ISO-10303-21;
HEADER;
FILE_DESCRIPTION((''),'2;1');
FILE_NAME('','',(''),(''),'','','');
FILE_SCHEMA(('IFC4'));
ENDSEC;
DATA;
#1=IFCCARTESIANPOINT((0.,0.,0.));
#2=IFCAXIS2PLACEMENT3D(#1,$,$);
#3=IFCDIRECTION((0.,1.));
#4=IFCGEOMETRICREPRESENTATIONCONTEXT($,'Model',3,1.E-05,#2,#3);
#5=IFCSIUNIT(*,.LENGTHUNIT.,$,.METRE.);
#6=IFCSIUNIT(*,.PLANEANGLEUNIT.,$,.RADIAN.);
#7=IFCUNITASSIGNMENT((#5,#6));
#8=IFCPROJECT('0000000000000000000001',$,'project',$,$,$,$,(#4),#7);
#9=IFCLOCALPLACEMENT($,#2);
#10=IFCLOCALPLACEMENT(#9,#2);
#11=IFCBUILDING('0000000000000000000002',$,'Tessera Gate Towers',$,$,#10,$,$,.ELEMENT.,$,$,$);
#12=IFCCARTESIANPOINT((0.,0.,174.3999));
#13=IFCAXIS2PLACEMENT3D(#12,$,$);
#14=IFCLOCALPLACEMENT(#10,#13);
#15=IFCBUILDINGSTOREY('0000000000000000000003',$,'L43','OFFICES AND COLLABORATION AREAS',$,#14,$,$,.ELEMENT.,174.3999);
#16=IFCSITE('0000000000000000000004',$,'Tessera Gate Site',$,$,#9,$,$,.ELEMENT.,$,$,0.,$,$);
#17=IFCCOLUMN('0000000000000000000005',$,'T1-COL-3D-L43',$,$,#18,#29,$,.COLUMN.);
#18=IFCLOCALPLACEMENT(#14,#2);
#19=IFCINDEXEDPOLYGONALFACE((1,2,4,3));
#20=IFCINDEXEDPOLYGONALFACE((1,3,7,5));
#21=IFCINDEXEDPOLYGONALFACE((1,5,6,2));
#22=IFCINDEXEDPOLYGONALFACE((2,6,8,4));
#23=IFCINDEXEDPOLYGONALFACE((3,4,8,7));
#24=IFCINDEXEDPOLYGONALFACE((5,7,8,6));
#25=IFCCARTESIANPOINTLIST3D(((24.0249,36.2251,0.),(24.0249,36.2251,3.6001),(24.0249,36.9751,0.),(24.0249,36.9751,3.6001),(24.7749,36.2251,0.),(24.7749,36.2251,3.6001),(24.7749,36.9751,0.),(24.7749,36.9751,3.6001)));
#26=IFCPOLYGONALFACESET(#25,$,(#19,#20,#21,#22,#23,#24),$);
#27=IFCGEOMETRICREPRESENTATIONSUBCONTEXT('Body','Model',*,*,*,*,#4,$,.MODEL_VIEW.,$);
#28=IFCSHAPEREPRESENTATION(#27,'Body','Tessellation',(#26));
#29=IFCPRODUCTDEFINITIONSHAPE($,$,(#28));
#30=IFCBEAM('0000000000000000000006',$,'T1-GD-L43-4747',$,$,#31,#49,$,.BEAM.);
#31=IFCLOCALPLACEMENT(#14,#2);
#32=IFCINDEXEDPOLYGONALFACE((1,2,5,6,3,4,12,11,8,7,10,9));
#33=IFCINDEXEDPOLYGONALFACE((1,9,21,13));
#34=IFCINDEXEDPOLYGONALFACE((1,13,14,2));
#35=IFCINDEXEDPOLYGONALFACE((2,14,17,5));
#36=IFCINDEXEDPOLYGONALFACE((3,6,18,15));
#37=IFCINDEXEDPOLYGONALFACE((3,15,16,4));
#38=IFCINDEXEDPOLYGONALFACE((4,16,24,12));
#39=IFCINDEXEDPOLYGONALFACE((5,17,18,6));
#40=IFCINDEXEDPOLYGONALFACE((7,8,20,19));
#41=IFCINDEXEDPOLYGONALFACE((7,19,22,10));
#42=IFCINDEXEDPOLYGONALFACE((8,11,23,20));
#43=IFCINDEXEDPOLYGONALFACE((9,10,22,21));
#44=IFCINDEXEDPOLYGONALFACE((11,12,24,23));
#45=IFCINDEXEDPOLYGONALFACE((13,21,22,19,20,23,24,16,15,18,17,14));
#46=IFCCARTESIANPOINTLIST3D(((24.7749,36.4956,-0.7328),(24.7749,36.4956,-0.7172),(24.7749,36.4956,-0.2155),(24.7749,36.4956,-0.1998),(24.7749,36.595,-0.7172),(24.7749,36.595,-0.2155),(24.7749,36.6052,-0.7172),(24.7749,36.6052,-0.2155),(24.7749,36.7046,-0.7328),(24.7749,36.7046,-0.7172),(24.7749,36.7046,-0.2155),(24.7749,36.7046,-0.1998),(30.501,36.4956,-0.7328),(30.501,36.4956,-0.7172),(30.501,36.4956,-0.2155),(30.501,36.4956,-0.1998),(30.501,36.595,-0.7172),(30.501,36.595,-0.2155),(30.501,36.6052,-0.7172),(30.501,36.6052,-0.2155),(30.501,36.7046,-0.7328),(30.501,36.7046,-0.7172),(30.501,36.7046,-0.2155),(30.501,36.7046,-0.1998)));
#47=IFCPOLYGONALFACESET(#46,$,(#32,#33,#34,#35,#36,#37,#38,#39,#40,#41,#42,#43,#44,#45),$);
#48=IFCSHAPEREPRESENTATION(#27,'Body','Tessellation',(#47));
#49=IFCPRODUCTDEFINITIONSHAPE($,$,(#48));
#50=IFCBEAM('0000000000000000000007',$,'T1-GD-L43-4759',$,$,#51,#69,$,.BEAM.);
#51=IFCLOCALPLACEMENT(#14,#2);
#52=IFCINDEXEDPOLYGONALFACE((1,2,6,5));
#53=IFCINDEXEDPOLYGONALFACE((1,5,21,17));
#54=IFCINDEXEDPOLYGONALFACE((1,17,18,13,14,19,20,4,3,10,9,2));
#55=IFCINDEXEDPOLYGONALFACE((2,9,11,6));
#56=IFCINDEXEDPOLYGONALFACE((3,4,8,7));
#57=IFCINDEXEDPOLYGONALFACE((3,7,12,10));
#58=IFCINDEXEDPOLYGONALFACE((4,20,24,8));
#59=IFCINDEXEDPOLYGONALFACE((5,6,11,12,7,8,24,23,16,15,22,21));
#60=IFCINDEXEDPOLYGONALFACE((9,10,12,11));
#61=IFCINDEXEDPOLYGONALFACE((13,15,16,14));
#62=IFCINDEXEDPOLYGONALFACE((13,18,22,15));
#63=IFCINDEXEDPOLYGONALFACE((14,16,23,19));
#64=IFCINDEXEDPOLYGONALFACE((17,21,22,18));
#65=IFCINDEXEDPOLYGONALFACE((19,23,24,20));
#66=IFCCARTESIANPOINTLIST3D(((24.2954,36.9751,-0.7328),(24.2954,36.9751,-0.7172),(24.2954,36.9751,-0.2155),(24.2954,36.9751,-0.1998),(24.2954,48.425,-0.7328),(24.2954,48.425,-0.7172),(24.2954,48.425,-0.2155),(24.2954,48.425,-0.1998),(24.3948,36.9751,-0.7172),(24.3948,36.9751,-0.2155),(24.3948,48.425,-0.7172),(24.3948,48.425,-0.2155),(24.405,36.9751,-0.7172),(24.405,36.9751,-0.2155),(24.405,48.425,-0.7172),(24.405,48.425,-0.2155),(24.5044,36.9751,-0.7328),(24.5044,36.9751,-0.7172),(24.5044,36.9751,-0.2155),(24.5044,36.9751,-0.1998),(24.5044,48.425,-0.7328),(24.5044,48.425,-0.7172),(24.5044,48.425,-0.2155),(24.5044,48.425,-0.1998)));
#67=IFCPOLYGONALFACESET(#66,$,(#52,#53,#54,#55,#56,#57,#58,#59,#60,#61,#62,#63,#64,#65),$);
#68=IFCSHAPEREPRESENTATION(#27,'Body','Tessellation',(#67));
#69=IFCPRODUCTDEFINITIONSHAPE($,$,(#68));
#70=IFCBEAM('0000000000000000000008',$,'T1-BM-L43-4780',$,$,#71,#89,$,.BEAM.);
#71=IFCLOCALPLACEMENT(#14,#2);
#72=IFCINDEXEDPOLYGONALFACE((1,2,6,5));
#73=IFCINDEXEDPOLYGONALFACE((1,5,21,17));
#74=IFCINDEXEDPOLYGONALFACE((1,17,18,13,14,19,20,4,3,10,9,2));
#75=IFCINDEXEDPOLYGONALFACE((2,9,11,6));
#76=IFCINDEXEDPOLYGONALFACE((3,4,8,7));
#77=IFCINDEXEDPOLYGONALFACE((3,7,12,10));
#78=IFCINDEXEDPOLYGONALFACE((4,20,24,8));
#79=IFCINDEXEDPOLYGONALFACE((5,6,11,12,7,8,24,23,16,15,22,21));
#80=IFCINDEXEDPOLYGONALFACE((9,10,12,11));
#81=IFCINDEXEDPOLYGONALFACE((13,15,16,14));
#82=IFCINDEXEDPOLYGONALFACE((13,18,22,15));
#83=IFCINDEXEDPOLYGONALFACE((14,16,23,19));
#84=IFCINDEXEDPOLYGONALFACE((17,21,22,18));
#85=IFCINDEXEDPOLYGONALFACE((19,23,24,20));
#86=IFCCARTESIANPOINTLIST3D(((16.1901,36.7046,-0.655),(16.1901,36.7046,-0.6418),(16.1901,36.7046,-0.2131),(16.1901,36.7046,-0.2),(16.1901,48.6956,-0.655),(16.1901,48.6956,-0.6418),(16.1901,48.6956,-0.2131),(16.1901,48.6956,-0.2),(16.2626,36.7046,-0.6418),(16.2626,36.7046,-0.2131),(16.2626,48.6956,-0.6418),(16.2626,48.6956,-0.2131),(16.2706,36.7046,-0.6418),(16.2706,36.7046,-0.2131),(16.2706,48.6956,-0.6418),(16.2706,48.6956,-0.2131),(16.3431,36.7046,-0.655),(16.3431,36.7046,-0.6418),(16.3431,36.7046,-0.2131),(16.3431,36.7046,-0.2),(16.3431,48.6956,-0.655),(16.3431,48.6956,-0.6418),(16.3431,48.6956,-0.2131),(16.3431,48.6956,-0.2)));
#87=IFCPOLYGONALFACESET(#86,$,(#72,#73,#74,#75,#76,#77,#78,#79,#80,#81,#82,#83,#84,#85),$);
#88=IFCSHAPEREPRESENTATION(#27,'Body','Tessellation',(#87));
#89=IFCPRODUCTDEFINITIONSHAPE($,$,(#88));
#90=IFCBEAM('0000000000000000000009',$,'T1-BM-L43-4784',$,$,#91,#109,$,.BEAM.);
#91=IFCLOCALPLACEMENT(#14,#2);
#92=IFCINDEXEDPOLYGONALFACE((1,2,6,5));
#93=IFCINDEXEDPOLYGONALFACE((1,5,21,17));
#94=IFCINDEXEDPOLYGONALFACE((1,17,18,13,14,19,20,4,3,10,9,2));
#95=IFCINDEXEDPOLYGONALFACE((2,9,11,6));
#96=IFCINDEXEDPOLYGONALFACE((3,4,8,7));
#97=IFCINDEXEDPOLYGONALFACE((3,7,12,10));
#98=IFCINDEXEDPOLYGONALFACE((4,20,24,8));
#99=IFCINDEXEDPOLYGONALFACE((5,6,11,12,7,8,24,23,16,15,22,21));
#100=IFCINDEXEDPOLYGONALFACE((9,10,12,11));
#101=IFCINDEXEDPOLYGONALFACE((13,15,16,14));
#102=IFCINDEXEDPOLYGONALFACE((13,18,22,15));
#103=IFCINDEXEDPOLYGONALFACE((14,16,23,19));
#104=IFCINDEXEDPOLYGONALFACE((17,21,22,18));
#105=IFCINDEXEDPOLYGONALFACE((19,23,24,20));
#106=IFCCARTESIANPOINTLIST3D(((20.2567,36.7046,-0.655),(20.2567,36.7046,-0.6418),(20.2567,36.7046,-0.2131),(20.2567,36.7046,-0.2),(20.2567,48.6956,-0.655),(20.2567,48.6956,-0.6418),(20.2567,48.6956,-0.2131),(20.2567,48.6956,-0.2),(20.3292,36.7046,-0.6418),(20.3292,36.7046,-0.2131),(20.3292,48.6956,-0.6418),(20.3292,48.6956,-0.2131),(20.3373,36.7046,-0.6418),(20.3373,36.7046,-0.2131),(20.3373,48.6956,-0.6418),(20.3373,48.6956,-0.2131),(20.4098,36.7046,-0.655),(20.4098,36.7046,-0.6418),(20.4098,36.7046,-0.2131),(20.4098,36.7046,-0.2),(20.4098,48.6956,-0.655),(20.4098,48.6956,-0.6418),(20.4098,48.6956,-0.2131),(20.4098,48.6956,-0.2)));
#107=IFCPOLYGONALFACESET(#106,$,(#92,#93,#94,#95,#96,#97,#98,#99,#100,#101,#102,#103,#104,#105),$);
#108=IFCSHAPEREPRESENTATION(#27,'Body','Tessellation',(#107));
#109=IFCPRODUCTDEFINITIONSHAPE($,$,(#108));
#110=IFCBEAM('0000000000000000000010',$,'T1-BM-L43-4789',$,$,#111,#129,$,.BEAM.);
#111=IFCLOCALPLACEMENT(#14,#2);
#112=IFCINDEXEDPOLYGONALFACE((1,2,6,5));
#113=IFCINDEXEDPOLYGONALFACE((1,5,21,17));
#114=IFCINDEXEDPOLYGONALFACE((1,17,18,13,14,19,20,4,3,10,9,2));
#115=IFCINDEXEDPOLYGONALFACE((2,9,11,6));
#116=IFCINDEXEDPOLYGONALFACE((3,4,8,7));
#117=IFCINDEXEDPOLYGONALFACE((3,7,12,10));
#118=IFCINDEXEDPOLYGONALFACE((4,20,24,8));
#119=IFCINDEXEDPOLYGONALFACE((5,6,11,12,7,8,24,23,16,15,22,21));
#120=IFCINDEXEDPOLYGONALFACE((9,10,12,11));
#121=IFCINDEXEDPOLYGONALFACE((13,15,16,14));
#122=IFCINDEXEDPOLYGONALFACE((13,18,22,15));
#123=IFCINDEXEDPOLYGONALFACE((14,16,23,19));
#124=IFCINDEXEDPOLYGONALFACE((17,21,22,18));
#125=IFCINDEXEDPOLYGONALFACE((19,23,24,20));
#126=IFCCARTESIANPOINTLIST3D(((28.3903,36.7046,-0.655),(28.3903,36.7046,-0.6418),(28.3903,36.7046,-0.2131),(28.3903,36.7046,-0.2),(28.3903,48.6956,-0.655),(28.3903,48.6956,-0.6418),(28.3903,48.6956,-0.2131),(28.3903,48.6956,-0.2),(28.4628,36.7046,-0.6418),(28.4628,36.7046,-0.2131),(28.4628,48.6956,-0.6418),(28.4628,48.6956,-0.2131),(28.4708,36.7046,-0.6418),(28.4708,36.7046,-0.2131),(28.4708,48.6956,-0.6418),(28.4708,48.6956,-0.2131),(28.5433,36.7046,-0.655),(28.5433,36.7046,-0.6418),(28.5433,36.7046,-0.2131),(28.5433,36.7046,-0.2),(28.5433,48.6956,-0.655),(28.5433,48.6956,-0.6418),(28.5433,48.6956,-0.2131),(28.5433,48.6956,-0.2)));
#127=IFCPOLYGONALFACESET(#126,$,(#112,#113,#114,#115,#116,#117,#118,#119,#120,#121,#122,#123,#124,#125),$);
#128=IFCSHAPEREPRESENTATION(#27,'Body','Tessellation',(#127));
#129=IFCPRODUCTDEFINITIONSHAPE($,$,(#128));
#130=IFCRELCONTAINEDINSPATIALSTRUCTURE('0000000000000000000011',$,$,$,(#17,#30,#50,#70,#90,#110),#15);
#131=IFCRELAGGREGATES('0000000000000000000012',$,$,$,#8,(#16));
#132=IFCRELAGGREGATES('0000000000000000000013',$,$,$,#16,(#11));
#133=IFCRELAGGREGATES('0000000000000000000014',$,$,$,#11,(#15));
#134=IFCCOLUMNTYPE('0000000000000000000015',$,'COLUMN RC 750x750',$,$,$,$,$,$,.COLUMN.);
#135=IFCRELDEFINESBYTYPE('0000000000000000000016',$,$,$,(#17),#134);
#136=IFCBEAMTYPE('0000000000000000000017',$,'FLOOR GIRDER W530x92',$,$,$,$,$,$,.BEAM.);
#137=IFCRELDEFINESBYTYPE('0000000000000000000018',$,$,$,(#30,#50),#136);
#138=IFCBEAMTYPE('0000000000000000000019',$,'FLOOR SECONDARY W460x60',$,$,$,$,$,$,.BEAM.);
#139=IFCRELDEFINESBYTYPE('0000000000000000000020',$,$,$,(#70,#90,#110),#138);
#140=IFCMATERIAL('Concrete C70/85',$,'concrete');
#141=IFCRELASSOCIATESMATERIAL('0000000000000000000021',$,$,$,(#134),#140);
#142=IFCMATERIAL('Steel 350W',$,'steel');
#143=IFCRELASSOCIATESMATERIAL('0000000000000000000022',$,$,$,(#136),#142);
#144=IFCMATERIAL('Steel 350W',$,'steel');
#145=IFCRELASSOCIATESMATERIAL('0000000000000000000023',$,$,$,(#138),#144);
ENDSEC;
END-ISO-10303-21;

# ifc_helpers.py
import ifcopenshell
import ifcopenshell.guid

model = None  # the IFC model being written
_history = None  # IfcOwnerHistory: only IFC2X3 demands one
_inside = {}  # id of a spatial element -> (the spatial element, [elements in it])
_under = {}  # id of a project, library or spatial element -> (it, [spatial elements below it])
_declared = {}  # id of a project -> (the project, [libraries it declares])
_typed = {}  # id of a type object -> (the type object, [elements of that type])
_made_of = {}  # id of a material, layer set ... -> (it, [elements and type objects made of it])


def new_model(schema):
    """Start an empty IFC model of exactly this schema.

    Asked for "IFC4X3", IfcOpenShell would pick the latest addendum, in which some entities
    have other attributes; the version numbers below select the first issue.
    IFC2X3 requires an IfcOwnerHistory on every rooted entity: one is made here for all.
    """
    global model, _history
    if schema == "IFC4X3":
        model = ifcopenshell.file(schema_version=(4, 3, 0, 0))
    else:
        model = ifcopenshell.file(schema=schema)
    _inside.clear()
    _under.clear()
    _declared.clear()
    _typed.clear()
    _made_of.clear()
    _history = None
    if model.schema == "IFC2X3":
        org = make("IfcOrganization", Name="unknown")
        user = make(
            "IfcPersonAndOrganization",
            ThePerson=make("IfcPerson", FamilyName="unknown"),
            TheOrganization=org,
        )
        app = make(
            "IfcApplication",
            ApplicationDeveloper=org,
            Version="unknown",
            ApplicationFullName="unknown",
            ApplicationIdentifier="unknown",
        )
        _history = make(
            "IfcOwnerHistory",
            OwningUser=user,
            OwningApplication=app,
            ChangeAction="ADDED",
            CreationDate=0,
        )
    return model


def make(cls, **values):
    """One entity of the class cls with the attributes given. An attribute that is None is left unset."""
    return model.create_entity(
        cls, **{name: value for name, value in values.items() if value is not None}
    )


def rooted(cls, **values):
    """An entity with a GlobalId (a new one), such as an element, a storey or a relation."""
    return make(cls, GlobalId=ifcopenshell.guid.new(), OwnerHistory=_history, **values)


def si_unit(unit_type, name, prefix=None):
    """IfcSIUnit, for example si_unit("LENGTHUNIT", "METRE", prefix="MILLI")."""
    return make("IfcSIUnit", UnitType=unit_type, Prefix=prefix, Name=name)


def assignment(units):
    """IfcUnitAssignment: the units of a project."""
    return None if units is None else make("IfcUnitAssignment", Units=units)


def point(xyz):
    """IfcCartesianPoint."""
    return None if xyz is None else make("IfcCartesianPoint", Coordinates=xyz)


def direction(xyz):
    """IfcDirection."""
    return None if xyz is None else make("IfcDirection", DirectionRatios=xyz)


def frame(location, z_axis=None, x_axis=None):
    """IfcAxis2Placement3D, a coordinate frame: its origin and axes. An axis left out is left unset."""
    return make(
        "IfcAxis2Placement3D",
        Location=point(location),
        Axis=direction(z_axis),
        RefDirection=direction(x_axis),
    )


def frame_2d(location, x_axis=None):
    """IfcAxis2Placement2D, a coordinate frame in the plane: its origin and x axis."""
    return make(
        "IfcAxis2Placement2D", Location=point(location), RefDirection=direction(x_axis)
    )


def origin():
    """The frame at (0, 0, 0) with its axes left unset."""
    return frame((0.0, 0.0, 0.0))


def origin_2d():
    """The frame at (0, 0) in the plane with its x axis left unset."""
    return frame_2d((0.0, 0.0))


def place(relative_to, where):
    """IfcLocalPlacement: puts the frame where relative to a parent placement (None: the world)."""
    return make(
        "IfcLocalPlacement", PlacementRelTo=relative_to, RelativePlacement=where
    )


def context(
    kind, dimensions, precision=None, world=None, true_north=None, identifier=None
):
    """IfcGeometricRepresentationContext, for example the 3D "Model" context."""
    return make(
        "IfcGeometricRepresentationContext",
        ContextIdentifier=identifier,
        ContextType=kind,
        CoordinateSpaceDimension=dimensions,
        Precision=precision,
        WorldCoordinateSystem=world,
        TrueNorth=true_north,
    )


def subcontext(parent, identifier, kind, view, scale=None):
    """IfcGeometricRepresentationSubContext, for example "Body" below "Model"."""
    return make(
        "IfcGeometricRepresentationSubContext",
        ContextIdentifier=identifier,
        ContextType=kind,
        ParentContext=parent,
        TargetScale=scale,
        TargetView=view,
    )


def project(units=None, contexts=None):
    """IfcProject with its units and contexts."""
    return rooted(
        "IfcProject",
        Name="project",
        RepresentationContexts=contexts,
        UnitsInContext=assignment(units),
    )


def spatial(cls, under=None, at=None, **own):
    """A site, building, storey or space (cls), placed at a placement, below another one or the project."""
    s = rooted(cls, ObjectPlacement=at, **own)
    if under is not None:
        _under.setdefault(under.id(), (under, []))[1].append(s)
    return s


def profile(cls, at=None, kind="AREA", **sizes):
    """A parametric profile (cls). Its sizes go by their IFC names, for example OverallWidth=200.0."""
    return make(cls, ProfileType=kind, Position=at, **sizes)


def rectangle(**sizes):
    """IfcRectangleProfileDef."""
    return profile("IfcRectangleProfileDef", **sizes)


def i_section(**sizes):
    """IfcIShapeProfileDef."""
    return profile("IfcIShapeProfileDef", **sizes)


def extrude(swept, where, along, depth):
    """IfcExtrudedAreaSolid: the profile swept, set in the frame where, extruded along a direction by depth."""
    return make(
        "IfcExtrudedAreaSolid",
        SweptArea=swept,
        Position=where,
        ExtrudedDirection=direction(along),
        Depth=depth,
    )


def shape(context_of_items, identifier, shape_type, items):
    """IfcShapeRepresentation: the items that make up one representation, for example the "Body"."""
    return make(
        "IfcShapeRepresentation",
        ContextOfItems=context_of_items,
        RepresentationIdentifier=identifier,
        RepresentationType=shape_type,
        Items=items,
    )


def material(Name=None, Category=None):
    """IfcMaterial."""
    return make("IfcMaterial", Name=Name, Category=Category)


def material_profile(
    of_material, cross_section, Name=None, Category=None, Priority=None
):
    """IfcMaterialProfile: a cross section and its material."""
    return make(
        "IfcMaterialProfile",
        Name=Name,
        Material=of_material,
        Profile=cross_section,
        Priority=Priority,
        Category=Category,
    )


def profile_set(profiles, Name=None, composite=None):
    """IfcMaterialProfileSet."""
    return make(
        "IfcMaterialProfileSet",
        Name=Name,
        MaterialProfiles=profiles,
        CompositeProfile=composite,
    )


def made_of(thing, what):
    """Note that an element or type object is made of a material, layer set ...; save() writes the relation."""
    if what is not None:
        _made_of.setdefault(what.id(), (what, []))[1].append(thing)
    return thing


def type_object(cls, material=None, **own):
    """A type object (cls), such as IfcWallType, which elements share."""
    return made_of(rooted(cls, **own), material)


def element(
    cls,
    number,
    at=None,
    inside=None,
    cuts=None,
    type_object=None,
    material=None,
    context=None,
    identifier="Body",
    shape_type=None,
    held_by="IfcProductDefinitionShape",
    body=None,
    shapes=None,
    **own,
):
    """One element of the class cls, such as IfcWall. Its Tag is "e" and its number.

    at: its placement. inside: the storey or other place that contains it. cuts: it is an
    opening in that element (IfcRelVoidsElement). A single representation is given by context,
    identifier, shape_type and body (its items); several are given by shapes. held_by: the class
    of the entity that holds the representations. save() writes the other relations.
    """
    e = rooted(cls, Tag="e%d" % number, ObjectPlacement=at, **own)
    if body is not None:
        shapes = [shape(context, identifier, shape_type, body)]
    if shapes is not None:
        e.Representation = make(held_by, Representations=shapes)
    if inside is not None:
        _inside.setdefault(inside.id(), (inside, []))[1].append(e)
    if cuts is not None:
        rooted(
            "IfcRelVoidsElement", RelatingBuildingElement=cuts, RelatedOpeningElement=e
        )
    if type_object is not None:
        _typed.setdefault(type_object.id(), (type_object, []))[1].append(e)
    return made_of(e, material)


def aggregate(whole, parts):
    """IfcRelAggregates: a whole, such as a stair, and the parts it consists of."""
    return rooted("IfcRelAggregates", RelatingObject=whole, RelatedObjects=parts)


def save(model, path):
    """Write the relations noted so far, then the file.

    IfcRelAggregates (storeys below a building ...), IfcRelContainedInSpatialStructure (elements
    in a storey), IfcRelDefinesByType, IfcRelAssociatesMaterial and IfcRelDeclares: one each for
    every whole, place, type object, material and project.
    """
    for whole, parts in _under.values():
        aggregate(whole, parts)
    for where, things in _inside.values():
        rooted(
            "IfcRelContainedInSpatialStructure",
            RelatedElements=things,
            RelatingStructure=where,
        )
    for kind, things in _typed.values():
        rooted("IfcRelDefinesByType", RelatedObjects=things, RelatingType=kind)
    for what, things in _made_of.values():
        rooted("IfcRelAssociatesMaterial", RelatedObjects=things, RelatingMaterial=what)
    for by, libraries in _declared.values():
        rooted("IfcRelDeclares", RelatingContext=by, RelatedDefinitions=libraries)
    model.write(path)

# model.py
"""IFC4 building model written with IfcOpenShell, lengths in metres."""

from ifc_helpers import new_model, si_unit, direction, frame, origin, origin_2d, place, context, subcontext, project, spatial, rectangle, i_section, extrude, material, material_profile, profile_set, type_object, element, save


model = new_model("IFC4")

# Units and contexts
model_context = context("Model", 3, precision=1e-05, world=origin(), true_north=direction((0.0, 1.0)))
body_context = subcontext(model_context, "Body", "Model", "MODEL_VIEW")
ifc_project = project(units=[si_unit("LENGTHUNIT", "METRE"), si_unit("PLANEANGLEUNIT", "RADIAN")], contexts=[model_context])

# Site, building, storey
site_placement = place(None, origin())
site = spatial("IfcSite", under=ifc_project, at=site_placement, Name="Tessera Gate Site", CompositionType="ELEMENT", RefElevation=0.0)
building_placement = place(site_placement, origin())
building = spatial("IfcBuilding", under=site, at=building_placement, Name="Tessera Gate Towers", CompositionType="ELEMENT")
storey_placement = place(building_placement, frame((0.0, 0.0, 174.3999)))
storey = spatial("IfcBuildingStorey", under=building, at=storey_placement, Name="L43", Description="OFFICES AND COLLABORATION AREAS", CompositionType="ELEMENT", Elevation=174.3999)

# Column
ifc_material_1 = material(Name="Concrete C70/85", Category="concrete")
ifc_material_profile_1 = material_profile(ifc_material_1, rectangle(XDim=0.75, YDim=0.75, at=origin_2d()), Name="RC 750x750")
ifc_profile_set_1 = profile_set([ifc_material_profile_1], Name="Concrete C70/85")
column_type = type_object("IfcColumnType", Name="COLUMN RC 750x750", PredefinedType="COLUMN", material=ifc_profile_set_1)
column_placement = place(storey_placement, frame((24.3999, 36.6001, 0.0), z_axis=(0.0, 0.0, 1.0), x_axis=(1.0, 0.0, 0.0)))
element("IfcColumn", 1, at=column_placement, inside=storey, type_object=column_type, Name="T1-COL-3D-L43", PredefinedType="COLUMN", context=body_context, shape_type="SweptSolid", body=[
    extrude(rectangle(XDim=0.75, YDim=0.75, at=origin_2d()), origin(), (0.0, 0.0, 1.0), 3.6001),
])

# Beams
ifc_material_2 = material(Name="Steel 350W", Category="steel")
ifc_material_profile_2 = material_profile(ifc_material_2, i_section(OverallWidth=0.209, OverallDepth=0.533, WebThickness=0.0103, FlangeThickness=0.0156, at=origin_2d()), Name="W530x92")
ifc_profile_set_2 = profile_set([ifc_material_profile_2], Name="Steel 350W")
beam_type_1 = type_object("IfcBeamType", Name="FLOOR GIRDER W530x92", PredefinedType="BEAM", material=ifc_profile_set_2)
beam_1_placement = place(storey_placement, frame((24.7749, 36.6001, -0.4663), z_axis=(1.0, 0.0, 0.0), x_axis=(0.0, 1.0, 0.0)))
element("IfcBeam", 2, at=beam_1_placement, inside=storey, type_object=beam_type_1, Name="T1-GD-L43-4747", PredefinedType="BEAM", context=body_context, shape_type="SweptSolid", body=[
    extrude(i_section(OverallWidth=0.209, OverallDepth=0.533, WebThickness=0.0103, FlangeThickness=0.0156, at=origin_2d()), origin(), (0.0, 0.0, 1.0), 5.7261),
])
beam_2_placement = place(storey_placement, frame((24.3999, 36.9751, -0.4663), z_axis=(0.0, 1.0, 0.0), x_axis=(-1.0, 0.0, 0.0)))
element("IfcBeam", 3, at=beam_2_placement, inside=storey, type_object=beam_type_1, Name="T1-GD-L43-4759", PredefinedType="BEAM", context=body_context, shape_type="SweptSolid", body=[
    extrude(i_section(OverallWidth=0.209, OverallDepth=0.533, WebThickness=0.0103, FlangeThickness=0.0156, at=origin_2d()), origin(), (0.0, 0.0, 1.0), 11.45),
])
ifc_material_3 = material(Name="Steel 350W", Category="steel")
ifc_material_profile_3 = material_profile(ifc_material_3, i_section(OverallWidth=0.1531, OverallDepth=0.4551, WebThickness=0.0081, FlangeThickness=0.0132, at=origin_2d()), Name="W460x60")
ifc_profile_set_3 = profile_set([ifc_material_profile_3], Name="Steel 350W")
beam_type_2 = type_object("IfcBeamType", Name="FLOOR SECONDARY W460x60", PredefinedType="BEAM", material=ifc_profile_set_3)
for number, where, z_axis, x_axis, name in (
    (4, (16.2666, 36.7046, -0.4275), (0.0, 1.0, 0.0), (-1.0, 0.0, 0.0), "T1-BM-L43-4780"),
    (5, (20.3333, 36.7046, -0.4275), (0.0, 1.0, 0.0), (-1.0, 0.0, 0.0), "T1-BM-L43-4784"),
    (6, (28.4668, 36.7046, -0.4275), (0.0, 1.0, 0.0), (-1.0, 0.0, 0.0), "T1-BM-L43-4789"),
):
    element("IfcBeam", number, at=place(storey_placement, frame(where, z_axis=z_axis, x_axis=x_axis)), inside=storey, type_object=beam_type_2, Name=name, PredefinedType="BEAM", context=body_context, shape_type="SweptSolid", body=[
        extrude(i_section(OverallWidth=0.1531, OverallDepth=0.4551, WebThickness=0.0081, FlangeThickness=0.0132, at=origin_2d()), origin(), (0.0, 0.0, 1.0), 11.991),
    ])

save(model, "model.ifc")
